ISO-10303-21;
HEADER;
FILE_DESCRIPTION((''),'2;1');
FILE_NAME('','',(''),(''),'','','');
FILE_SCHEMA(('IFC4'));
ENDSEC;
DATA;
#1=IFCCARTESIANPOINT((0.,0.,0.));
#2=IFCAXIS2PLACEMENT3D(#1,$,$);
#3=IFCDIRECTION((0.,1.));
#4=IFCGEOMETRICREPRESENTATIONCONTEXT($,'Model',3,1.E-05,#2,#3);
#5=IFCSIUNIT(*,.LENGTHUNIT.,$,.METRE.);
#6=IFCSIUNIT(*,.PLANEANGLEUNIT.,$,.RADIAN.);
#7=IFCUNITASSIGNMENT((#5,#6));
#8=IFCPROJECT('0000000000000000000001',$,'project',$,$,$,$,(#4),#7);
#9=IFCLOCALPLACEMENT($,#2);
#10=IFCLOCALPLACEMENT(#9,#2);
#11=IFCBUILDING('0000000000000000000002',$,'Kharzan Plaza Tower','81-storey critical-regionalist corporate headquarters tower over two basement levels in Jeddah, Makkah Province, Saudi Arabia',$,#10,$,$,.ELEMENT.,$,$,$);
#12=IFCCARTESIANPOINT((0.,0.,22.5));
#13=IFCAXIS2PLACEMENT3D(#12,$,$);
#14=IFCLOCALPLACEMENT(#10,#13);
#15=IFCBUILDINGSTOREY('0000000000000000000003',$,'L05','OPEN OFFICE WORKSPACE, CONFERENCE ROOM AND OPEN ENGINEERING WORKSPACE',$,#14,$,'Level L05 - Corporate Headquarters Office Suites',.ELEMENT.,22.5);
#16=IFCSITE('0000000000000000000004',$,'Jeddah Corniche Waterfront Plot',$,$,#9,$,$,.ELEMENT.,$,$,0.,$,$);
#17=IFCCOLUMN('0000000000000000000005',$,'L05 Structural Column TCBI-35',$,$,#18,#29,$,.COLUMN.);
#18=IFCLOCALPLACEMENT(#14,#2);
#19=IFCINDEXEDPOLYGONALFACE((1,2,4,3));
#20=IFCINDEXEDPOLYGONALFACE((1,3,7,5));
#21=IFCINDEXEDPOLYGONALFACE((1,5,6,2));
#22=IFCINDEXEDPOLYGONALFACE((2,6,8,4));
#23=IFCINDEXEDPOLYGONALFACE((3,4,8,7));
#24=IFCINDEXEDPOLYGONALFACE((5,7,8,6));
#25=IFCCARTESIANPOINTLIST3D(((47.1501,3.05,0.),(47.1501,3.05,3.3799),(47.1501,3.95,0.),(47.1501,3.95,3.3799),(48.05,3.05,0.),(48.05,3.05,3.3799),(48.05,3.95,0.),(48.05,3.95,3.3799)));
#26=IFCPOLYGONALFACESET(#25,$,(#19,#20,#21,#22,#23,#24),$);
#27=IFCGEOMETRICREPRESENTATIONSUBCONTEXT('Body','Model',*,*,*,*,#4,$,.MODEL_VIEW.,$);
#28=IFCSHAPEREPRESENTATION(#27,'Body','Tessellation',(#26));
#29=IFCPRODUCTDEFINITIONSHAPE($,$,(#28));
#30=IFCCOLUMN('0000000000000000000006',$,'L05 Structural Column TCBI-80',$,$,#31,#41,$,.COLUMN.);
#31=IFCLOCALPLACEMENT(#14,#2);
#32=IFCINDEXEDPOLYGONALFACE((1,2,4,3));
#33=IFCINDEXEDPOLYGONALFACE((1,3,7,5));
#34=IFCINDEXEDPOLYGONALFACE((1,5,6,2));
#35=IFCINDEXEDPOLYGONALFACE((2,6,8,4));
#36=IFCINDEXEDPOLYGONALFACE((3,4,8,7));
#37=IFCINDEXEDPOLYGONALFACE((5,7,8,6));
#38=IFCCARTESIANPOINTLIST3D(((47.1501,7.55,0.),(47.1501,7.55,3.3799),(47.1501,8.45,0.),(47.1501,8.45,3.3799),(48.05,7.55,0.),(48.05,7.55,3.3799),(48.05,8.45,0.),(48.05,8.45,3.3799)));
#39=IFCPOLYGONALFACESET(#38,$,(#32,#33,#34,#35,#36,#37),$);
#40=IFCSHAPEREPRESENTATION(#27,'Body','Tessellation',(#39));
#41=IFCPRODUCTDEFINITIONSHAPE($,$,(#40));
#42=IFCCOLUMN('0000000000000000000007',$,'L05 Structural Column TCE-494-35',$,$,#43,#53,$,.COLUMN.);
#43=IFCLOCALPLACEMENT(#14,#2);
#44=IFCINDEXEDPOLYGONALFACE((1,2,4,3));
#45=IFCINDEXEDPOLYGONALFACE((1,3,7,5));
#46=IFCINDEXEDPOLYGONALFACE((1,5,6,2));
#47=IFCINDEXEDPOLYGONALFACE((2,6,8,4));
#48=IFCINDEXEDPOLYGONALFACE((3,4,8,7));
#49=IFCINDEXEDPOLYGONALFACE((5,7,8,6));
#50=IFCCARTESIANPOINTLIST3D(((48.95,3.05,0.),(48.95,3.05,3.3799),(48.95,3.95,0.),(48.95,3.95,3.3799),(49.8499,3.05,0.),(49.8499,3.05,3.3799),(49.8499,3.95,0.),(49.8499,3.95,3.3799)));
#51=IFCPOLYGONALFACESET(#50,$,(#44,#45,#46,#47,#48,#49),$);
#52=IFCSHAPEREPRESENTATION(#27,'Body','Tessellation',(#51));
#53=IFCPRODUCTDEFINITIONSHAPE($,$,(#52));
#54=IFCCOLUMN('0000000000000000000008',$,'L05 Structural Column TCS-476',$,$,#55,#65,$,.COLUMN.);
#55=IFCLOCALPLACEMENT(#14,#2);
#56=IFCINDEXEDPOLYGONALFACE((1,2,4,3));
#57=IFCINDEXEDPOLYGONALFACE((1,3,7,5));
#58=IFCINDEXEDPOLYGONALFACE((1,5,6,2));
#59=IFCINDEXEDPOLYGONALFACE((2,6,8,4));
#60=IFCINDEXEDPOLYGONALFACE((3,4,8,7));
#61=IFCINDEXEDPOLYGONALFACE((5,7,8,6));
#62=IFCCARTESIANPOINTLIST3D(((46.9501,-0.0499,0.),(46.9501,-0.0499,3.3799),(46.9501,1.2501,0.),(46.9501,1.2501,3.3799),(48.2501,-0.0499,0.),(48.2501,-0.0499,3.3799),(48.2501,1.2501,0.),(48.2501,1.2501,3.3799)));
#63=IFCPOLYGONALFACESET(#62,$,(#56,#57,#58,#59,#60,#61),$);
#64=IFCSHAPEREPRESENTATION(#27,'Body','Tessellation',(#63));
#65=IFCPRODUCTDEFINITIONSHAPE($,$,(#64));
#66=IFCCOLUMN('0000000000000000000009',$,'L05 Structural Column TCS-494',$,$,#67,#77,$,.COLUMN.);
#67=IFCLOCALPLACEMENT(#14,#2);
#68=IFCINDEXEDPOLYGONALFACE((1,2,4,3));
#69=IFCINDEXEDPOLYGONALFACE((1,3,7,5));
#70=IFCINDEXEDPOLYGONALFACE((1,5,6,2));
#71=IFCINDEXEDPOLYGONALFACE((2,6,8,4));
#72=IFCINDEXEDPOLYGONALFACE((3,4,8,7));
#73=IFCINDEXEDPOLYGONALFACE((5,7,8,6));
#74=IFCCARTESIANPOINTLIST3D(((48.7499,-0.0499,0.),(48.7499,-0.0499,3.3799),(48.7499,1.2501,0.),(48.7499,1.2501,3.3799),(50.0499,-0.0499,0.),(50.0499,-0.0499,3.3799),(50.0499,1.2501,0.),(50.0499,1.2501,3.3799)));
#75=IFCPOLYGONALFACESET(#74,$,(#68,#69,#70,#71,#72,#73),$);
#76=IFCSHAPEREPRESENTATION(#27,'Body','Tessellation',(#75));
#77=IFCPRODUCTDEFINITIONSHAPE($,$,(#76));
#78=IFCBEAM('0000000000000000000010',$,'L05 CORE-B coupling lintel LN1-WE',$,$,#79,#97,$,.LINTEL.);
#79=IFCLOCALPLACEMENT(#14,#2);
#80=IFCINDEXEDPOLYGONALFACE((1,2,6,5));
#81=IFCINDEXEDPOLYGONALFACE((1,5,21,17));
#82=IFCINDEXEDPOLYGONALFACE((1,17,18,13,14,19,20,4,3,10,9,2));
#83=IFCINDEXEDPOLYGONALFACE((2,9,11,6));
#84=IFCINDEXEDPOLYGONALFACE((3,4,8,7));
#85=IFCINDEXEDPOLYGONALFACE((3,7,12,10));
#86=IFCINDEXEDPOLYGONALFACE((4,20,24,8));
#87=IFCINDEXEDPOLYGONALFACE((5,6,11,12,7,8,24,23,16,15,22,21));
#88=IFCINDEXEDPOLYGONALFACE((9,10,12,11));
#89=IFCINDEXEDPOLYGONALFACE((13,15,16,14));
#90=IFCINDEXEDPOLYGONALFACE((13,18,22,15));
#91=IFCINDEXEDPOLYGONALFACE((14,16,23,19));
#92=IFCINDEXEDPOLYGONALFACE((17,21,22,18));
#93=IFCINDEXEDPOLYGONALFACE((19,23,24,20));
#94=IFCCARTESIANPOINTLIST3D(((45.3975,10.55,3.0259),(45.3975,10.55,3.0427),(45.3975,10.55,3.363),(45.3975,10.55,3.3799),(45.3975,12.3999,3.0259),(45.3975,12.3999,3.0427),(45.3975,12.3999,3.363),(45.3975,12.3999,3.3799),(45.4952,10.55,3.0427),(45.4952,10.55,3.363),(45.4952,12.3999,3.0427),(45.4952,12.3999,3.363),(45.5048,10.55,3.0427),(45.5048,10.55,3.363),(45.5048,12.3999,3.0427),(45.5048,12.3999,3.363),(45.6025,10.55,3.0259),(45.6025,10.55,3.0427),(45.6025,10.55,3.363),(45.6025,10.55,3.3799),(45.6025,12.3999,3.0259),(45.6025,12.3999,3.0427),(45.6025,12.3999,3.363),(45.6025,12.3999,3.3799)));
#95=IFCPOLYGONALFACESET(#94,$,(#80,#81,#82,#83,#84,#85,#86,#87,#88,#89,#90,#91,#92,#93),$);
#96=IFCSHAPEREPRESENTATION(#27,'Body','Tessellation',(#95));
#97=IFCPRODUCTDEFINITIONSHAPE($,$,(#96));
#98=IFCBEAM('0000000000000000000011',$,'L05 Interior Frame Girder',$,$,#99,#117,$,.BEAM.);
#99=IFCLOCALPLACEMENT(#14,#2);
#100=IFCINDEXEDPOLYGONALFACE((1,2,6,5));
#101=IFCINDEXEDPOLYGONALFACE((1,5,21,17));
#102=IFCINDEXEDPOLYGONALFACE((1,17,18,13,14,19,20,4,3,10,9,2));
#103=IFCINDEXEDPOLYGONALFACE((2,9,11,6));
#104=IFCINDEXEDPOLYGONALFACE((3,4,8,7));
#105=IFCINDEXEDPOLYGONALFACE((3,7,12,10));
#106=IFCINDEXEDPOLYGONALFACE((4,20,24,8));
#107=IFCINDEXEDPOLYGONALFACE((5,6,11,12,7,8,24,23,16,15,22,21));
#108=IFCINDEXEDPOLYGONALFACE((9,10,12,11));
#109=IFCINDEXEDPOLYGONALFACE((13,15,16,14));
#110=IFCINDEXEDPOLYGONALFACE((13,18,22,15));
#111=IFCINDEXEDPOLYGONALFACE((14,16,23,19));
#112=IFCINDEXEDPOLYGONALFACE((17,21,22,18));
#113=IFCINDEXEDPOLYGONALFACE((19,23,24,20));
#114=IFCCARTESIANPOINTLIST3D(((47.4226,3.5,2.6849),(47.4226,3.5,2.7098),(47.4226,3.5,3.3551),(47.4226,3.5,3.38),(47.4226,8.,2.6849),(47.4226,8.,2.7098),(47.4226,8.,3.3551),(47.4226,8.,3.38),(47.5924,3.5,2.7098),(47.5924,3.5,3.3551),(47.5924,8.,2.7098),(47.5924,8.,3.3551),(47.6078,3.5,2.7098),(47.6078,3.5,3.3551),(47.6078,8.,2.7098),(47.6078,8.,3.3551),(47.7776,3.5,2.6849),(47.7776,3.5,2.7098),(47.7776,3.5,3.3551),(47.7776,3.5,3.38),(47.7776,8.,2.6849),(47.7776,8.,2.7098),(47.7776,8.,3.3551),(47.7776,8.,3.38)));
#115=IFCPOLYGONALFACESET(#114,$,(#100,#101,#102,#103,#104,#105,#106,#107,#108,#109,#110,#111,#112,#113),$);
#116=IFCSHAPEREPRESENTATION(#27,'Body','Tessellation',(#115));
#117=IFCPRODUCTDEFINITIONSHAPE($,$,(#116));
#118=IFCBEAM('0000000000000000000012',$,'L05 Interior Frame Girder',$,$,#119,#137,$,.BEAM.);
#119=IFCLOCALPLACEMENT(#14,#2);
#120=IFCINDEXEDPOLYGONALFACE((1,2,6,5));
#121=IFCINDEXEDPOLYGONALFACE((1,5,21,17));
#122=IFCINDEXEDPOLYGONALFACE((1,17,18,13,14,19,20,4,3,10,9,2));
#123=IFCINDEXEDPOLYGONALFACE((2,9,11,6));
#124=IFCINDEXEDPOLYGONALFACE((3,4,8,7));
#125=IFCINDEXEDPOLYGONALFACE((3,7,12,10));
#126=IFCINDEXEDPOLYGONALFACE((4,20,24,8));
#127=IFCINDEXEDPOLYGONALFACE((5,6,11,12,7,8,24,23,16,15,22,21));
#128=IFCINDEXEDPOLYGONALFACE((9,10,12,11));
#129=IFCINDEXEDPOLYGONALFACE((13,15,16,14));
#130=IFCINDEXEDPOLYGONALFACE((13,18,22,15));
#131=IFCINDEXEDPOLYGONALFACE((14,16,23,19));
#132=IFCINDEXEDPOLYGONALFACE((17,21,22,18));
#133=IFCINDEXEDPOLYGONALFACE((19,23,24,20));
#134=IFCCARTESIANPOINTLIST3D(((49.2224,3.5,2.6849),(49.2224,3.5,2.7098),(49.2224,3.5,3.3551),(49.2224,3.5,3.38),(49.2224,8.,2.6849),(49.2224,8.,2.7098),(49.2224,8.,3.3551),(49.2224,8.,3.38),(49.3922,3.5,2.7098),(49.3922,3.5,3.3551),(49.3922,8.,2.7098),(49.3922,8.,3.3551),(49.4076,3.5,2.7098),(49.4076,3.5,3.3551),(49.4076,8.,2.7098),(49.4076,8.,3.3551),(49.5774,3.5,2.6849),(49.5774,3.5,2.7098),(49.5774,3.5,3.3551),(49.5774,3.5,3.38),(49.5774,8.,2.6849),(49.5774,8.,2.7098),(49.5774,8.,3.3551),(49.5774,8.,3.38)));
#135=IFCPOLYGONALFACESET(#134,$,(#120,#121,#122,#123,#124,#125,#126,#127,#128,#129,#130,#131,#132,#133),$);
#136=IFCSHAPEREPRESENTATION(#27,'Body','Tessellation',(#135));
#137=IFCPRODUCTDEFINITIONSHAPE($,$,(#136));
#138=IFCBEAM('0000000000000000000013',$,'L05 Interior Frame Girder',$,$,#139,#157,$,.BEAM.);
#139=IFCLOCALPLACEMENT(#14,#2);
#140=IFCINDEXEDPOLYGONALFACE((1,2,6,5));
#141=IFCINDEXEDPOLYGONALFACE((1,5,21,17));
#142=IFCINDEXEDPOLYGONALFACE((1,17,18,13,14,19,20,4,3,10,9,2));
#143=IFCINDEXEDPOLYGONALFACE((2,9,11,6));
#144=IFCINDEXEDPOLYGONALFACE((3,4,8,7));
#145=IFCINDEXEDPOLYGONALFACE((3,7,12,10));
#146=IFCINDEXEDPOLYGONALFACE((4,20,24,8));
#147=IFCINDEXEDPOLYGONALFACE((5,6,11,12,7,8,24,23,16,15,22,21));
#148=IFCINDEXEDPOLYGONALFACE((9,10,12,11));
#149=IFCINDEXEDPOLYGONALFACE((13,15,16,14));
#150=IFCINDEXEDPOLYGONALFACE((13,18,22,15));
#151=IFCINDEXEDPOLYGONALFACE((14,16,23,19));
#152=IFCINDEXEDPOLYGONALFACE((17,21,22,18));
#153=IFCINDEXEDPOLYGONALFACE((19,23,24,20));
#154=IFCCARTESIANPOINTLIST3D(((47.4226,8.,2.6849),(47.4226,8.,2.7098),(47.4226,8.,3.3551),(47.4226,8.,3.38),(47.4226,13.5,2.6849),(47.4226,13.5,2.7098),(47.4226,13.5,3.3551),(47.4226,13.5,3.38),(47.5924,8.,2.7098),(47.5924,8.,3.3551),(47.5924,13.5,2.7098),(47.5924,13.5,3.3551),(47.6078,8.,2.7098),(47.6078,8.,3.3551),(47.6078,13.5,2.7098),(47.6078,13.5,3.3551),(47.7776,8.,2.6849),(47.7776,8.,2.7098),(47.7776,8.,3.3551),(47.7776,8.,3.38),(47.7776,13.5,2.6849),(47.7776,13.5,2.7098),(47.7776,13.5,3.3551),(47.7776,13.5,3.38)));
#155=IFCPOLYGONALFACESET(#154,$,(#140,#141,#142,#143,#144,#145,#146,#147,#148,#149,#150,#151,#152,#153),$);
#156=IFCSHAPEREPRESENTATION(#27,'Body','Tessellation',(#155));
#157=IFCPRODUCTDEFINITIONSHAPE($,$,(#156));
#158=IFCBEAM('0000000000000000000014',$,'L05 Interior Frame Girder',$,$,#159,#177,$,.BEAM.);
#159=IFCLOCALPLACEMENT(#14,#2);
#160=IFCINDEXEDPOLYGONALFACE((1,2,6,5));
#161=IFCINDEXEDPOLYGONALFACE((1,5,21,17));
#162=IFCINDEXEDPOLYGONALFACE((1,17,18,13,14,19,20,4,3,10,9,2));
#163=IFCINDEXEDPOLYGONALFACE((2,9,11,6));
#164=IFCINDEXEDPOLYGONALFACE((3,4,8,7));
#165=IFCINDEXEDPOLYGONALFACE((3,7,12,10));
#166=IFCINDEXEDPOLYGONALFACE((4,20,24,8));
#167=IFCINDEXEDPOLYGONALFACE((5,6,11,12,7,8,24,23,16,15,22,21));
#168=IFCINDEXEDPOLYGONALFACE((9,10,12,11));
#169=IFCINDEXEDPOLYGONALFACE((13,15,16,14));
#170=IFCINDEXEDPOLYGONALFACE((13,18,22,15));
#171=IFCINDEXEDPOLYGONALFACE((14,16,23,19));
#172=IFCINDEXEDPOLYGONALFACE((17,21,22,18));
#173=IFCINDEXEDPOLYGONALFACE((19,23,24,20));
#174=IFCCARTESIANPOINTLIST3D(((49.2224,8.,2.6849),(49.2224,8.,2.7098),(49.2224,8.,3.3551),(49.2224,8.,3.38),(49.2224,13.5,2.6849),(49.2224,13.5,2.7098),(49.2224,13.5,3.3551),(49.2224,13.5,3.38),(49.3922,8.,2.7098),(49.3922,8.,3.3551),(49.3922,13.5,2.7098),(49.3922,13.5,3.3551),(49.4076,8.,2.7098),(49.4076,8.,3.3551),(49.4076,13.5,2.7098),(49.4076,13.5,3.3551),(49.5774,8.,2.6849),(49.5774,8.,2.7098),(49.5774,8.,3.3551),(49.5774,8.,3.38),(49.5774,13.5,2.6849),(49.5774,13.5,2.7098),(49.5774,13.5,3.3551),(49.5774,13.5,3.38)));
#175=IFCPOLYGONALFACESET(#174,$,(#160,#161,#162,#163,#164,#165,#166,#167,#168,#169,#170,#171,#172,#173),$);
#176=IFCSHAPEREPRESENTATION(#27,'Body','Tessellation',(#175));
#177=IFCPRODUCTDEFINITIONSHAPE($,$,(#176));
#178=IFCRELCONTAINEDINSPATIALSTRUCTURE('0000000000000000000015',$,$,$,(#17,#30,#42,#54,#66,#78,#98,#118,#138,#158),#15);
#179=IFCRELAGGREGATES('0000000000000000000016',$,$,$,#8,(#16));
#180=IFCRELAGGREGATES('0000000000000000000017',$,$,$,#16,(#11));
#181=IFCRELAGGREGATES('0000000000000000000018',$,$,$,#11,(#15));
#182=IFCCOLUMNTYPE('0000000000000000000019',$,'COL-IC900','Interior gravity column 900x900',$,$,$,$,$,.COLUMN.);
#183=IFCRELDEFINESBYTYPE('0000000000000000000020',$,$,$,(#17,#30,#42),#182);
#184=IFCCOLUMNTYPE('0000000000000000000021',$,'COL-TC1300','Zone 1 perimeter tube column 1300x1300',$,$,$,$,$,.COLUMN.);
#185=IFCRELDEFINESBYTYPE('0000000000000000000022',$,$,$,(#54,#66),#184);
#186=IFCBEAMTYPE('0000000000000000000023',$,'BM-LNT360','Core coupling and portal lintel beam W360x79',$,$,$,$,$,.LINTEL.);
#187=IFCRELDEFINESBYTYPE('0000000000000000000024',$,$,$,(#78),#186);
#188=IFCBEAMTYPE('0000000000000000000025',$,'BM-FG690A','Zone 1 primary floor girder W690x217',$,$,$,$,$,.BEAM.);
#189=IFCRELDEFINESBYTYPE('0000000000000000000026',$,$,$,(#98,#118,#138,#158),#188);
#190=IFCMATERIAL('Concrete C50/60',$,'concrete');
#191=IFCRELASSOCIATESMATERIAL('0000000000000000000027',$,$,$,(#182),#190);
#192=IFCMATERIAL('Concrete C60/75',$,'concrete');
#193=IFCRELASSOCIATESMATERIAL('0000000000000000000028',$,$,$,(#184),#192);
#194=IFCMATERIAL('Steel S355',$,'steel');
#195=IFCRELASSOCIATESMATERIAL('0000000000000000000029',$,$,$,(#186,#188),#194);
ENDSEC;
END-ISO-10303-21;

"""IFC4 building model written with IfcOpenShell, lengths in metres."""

from ifc_helpers import new_model, si_unit, direction, frame, origin, origin_2d, place, context, subcontext, project, spatial, rectangle, i_section, extrude, source, transform, mapped, material, material_profile, profile_set, type_object, element, save


model = new_model("IFC4")

# Units and contexts
model_context = context("Model", 3, precision=1e-05, world=origin(), true_north=direction((0.0, 1.0)))
body_context = subcontext(model_context, "Body", "Model", "MODEL_VIEW")
ifc_project = project(units=[si_unit("LENGTHUNIT", "METRE"), si_unit("PLANEANGLEUNIT", "RADIAN")], contexts=[model_context])

# Site, building, storey
site_placement = place(None, origin())
site = spatial("IfcSite", under=ifc_project, at=site_placement, Name="Jeddah Corniche Waterfront Plot", CompositionType="ELEMENT", RefElevation=0.0)
building_placement = place(site_placement, origin())
building = spatial("IfcBuilding", under=site, at=building_placement, Name="Kharzan Plaza Tower", Description="81-storey critical-regionalist corporate headquarters tower over two basement levels in Jeddah, Makkah Province, Saudi Arabia", CompositionType="ELEMENT")
storey_placement = place(building_placement, frame((0.0, 0.0, 22.5)))
storey = spatial("IfcBuildingStorey", under=building, at=storey_placement, Name="L05", Description="OPEN OFFICE WORKSPACE, CONFERENCE ROOM AND OPEN ENGINEERING WORKSPACE", LongName="Level L05 - Corporate Headquarters Office Suites", CompositionType="ELEMENT", Elevation=22.5)

# Columns
ifc_material_1 = material(Name="Concrete C50/60", Category="concrete")
ifc_material_profile_1 = material_profile(ifc_material_1, rectangle(XDim=0.8999, YDim=0.8999, at=origin_2d()), Name="RC-IC900x900")
ifc_profile_set_1 = profile_set([ifc_material_profile_1], Name="Concrete C50/60")
column_type_1 = type_object("IfcColumnType", Name="COL-IC900", Description="Interior gravity column 900x900", PredefinedType="COLUMN", material=ifc_profile_set_1)
shared_shape_1 = source(origin(), body_context, "Body", "SweptSolid", [
    extrude(rectangle(XDim=0.8999, YDim=0.8999, at=origin_2d()), origin(), (0.0, 0.0, 1.0), 3.3799),
])
for number, where, z_axis, x_axis, name in (
    (1, (47.6001, 3.5, 0.0), (0.0, 0.0, 1.0), (1.0, 0.0, 0.0), "L05 Structural Column TCBI-35"),
    (2, (47.6001, 8.0, 0.0), (0.0, 0.0, 1.0), (1.0, 0.0, 0.0), "L05 Structural Column TCBI-80"),
    (3, (49.3999, 3.5, 0.0), (0.0, 0.0, 1.0), (1.0, 0.0, 0.0), "L05 Structural Column TCE-494-35"),
):
    element("IfcColumn", number, at=place(storey_placement, frame(where, z_axis=z_axis, x_axis=x_axis)), inside=storey, type_object=column_type_1, Name=name, PredefinedType="COLUMN", context=body_context, shape_type="MappedRepresentation", body=[
        mapped(shared_shape_1, transform((0.0, 0.0, 0.0), x_axis=(1.0, 0.0, 0.0), y_axis=(0.0, 1.0, 0.0), z_axis=(0.0, 0.0, 1.0))),
    ])
ifc_material_2 = material(Name="Concrete C60/75", Category="concrete")
ifc_material_profile_2 = material_profile(ifc_material_2, rectangle(XDim=1.3, YDim=1.3, at=origin_2d()), Name="RC-TC1300x1300")
ifc_profile_set_2 = profile_set([ifc_material_profile_2], Name="Concrete C60/75")
column_type_2 = type_object("IfcColumnType", Name="COL-TC1300", Description="Zone 1 perimeter tube column 1300x1300", PredefinedType="COLUMN", material=ifc_profile_set_2)
shared_shape_2 = source(origin(), body_context, "Body", "SweptSolid", [
    extrude(rectangle(XDim=1.3, YDim=1.3, at=origin_2d()), origin(), (0.0, 0.0, 1.0), 3.3799),
])
for number, where, z_axis, x_axis, name in (
    (4, (47.6001, 0.6001, 0.0), (0.0, 0.0, 1.0), (1.0, 0.0, 0.0), "L05 Structural Column TCS-476"),
    (5, (49.3999, 0.6001, 0.0), (0.0, 0.0, 1.0), (1.0, 0.0, 0.0), "L05 Structural Column TCS-494"),
):
    element("IfcColumn", number, at=place(storey_placement, frame(where, z_axis=z_axis, x_axis=x_axis)), inside=storey, type_object=column_type_2, Name=name, PredefinedType="COLUMN", context=body_context, shape_type="MappedRepresentation", body=[
        mapped(shared_shape_2, transform((0.0, 0.0, 0.0), x_axis=(1.0, 0.0, 0.0), y_axis=(0.0, 1.0, 0.0), z_axis=(0.0, 0.0, 1.0))),
    ])

# Beams
ifc_material_3 = material(Name="Steel S355", Category="steel")
ifc_material_profile_3 = material_profile(ifc_material_3, i_section(OverallWidth=0.2051, OverallDepth=0.354, WebThickness=0.0095, FlangeThickness=0.0168, at=origin_2d()), Name="W360x79")
ifc_profile_set_3 = profile_set([ifc_material_profile_3], Name="Steel S355")
beam_type_1 = type_object("IfcBeamType", Name="BM-LNT360", Description="Core coupling and portal lintel beam W360x79", PredefinedType="LINTEL", material=ifc_profile_set_3)
shared_shape_3 = source(origin(), body_context, "Body", "SweptSolid", [
    extrude(i_section(OverallWidth=0.2051, OverallDepth=0.354, WebThickness=0.0095, FlangeThickness=0.0168, at=origin_2d()), origin(), (0.0, 0.0, 1.0), 1.8499),
])
beam_1_placement = place(storey_placement, frame((45.5, 10.55, 3.2029), z_axis=(0.0, 1.0, 0.0), x_axis=(-1.0, 0.0, 0.0)))
element("IfcBeam", 6, at=beam_1_placement, inside=storey, type_object=beam_type_1, Name="L05 CORE-B coupling lintel LN1-WE", PredefinedType="LINTEL", context=body_context, shape_type="MappedRepresentation", body=[
    mapped(shared_shape_3, transform((0.0, 0.0, 0.0), x_axis=(1.0, 0.0, 0.0), y_axis=(0.0, 1.0, 0.0), z_axis=(0.0, 0.0, 1.0))),
])
ifc_material_profile_4 = material_profile(ifc_material_3, i_section(OverallWidth=0.355, OverallDepth=0.6951, WebThickness=0.0154, FlangeThickness=0.0249, at=origin_2d()), Name="W690x217")
ifc_profile_set_4 = profile_set([ifc_material_profile_4], Name="Steel S355")
beam_type_2 = type_object("IfcBeamType", Name="BM-FG690A", Description="Zone 1 primary floor girder W690x217", PredefinedType="BEAM", material=ifc_profile_set_4)
shared_shape_4 = source(origin(), body_context, "Body", "SweptSolid", [
    extrude(i_section(OverallWidth=0.355, OverallDepth=0.6951, WebThickness=0.0154, FlangeThickness=0.0249, at=origin_2d()), origin(), (0.0, 0.0, 1.0), 4.5),
])
for number, where, z_axis, x_axis, name in (
    (7, (47.6001, 3.5, 3.0325), (0.0, 1.0, 0.0), (-1.0, 0.0, 0.0), "L05 Interior Frame Girder"),
    (8, (49.3999, 3.5, 3.0325), (0.0, 1.0, 0.0), (-1.0, 0.0, 0.0), "L05 Interior Frame Girder"),
):
    element("IfcBeam", number, at=place(storey_placement, frame(where, z_axis=z_axis, x_axis=x_axis)), inside=storey, type_object=beam_type_2, Name=name, PredefinedType="BEAM", context=body_context, shape_type="MappedRepresentation", body=[
        mapped(shared_shape_4, transform((0.0, 0.0, 0.0), x_axis=(1.0, 0.0, 0.0), y_axis=(0.0, 1.0, 0.0), z_axis=(0.0, 0.0, 1.0))),
    ])
shared_shape_5 = source(origin(), body_context, "Body", "SweptSolid", [
    extrude(i_section(OverallWidth=0.355, OverallDepth=0.6951, WebThickness=0.0154, FlangeThickness=0.0249, at=origin_2d()), origin(), (0.0, 0.0, 1.0), 5.5),
])
for number, where, z_axis, x_axis, name in (
    (9, (47.6001, 8.0, 3.0325), (0.0, 1.0, 0.0), (-1.0, 0.0, 0.0), "L05 Interior Frame Girder"),
    (10, (49.3999, 8.0, 3.0325), (0.0, 1.0, 0.0), (-1.0, 0.0, 0.0), "L05 Interior Frame Girder"),
):
    element("IfcBeam", number, at=place(storey_placement, frame(where, z_axis=z_axis, x_axis=x_axis)), inside=storey, type_object=beam_type_2, Name=name, PredefinedType="BEAM", context=body_context, shape_type="MappedRepresentation", body=[
        mapped(shared_shape_5, transform((0.0, 0.0, 0.0), x_axis=(1.0, 0.0, 0.0), y_axis=(0.0, 1.0, 0.0), z_axis=(0.0, 0.0, 1.0))),
    ])

save(model, "model.ifc")
